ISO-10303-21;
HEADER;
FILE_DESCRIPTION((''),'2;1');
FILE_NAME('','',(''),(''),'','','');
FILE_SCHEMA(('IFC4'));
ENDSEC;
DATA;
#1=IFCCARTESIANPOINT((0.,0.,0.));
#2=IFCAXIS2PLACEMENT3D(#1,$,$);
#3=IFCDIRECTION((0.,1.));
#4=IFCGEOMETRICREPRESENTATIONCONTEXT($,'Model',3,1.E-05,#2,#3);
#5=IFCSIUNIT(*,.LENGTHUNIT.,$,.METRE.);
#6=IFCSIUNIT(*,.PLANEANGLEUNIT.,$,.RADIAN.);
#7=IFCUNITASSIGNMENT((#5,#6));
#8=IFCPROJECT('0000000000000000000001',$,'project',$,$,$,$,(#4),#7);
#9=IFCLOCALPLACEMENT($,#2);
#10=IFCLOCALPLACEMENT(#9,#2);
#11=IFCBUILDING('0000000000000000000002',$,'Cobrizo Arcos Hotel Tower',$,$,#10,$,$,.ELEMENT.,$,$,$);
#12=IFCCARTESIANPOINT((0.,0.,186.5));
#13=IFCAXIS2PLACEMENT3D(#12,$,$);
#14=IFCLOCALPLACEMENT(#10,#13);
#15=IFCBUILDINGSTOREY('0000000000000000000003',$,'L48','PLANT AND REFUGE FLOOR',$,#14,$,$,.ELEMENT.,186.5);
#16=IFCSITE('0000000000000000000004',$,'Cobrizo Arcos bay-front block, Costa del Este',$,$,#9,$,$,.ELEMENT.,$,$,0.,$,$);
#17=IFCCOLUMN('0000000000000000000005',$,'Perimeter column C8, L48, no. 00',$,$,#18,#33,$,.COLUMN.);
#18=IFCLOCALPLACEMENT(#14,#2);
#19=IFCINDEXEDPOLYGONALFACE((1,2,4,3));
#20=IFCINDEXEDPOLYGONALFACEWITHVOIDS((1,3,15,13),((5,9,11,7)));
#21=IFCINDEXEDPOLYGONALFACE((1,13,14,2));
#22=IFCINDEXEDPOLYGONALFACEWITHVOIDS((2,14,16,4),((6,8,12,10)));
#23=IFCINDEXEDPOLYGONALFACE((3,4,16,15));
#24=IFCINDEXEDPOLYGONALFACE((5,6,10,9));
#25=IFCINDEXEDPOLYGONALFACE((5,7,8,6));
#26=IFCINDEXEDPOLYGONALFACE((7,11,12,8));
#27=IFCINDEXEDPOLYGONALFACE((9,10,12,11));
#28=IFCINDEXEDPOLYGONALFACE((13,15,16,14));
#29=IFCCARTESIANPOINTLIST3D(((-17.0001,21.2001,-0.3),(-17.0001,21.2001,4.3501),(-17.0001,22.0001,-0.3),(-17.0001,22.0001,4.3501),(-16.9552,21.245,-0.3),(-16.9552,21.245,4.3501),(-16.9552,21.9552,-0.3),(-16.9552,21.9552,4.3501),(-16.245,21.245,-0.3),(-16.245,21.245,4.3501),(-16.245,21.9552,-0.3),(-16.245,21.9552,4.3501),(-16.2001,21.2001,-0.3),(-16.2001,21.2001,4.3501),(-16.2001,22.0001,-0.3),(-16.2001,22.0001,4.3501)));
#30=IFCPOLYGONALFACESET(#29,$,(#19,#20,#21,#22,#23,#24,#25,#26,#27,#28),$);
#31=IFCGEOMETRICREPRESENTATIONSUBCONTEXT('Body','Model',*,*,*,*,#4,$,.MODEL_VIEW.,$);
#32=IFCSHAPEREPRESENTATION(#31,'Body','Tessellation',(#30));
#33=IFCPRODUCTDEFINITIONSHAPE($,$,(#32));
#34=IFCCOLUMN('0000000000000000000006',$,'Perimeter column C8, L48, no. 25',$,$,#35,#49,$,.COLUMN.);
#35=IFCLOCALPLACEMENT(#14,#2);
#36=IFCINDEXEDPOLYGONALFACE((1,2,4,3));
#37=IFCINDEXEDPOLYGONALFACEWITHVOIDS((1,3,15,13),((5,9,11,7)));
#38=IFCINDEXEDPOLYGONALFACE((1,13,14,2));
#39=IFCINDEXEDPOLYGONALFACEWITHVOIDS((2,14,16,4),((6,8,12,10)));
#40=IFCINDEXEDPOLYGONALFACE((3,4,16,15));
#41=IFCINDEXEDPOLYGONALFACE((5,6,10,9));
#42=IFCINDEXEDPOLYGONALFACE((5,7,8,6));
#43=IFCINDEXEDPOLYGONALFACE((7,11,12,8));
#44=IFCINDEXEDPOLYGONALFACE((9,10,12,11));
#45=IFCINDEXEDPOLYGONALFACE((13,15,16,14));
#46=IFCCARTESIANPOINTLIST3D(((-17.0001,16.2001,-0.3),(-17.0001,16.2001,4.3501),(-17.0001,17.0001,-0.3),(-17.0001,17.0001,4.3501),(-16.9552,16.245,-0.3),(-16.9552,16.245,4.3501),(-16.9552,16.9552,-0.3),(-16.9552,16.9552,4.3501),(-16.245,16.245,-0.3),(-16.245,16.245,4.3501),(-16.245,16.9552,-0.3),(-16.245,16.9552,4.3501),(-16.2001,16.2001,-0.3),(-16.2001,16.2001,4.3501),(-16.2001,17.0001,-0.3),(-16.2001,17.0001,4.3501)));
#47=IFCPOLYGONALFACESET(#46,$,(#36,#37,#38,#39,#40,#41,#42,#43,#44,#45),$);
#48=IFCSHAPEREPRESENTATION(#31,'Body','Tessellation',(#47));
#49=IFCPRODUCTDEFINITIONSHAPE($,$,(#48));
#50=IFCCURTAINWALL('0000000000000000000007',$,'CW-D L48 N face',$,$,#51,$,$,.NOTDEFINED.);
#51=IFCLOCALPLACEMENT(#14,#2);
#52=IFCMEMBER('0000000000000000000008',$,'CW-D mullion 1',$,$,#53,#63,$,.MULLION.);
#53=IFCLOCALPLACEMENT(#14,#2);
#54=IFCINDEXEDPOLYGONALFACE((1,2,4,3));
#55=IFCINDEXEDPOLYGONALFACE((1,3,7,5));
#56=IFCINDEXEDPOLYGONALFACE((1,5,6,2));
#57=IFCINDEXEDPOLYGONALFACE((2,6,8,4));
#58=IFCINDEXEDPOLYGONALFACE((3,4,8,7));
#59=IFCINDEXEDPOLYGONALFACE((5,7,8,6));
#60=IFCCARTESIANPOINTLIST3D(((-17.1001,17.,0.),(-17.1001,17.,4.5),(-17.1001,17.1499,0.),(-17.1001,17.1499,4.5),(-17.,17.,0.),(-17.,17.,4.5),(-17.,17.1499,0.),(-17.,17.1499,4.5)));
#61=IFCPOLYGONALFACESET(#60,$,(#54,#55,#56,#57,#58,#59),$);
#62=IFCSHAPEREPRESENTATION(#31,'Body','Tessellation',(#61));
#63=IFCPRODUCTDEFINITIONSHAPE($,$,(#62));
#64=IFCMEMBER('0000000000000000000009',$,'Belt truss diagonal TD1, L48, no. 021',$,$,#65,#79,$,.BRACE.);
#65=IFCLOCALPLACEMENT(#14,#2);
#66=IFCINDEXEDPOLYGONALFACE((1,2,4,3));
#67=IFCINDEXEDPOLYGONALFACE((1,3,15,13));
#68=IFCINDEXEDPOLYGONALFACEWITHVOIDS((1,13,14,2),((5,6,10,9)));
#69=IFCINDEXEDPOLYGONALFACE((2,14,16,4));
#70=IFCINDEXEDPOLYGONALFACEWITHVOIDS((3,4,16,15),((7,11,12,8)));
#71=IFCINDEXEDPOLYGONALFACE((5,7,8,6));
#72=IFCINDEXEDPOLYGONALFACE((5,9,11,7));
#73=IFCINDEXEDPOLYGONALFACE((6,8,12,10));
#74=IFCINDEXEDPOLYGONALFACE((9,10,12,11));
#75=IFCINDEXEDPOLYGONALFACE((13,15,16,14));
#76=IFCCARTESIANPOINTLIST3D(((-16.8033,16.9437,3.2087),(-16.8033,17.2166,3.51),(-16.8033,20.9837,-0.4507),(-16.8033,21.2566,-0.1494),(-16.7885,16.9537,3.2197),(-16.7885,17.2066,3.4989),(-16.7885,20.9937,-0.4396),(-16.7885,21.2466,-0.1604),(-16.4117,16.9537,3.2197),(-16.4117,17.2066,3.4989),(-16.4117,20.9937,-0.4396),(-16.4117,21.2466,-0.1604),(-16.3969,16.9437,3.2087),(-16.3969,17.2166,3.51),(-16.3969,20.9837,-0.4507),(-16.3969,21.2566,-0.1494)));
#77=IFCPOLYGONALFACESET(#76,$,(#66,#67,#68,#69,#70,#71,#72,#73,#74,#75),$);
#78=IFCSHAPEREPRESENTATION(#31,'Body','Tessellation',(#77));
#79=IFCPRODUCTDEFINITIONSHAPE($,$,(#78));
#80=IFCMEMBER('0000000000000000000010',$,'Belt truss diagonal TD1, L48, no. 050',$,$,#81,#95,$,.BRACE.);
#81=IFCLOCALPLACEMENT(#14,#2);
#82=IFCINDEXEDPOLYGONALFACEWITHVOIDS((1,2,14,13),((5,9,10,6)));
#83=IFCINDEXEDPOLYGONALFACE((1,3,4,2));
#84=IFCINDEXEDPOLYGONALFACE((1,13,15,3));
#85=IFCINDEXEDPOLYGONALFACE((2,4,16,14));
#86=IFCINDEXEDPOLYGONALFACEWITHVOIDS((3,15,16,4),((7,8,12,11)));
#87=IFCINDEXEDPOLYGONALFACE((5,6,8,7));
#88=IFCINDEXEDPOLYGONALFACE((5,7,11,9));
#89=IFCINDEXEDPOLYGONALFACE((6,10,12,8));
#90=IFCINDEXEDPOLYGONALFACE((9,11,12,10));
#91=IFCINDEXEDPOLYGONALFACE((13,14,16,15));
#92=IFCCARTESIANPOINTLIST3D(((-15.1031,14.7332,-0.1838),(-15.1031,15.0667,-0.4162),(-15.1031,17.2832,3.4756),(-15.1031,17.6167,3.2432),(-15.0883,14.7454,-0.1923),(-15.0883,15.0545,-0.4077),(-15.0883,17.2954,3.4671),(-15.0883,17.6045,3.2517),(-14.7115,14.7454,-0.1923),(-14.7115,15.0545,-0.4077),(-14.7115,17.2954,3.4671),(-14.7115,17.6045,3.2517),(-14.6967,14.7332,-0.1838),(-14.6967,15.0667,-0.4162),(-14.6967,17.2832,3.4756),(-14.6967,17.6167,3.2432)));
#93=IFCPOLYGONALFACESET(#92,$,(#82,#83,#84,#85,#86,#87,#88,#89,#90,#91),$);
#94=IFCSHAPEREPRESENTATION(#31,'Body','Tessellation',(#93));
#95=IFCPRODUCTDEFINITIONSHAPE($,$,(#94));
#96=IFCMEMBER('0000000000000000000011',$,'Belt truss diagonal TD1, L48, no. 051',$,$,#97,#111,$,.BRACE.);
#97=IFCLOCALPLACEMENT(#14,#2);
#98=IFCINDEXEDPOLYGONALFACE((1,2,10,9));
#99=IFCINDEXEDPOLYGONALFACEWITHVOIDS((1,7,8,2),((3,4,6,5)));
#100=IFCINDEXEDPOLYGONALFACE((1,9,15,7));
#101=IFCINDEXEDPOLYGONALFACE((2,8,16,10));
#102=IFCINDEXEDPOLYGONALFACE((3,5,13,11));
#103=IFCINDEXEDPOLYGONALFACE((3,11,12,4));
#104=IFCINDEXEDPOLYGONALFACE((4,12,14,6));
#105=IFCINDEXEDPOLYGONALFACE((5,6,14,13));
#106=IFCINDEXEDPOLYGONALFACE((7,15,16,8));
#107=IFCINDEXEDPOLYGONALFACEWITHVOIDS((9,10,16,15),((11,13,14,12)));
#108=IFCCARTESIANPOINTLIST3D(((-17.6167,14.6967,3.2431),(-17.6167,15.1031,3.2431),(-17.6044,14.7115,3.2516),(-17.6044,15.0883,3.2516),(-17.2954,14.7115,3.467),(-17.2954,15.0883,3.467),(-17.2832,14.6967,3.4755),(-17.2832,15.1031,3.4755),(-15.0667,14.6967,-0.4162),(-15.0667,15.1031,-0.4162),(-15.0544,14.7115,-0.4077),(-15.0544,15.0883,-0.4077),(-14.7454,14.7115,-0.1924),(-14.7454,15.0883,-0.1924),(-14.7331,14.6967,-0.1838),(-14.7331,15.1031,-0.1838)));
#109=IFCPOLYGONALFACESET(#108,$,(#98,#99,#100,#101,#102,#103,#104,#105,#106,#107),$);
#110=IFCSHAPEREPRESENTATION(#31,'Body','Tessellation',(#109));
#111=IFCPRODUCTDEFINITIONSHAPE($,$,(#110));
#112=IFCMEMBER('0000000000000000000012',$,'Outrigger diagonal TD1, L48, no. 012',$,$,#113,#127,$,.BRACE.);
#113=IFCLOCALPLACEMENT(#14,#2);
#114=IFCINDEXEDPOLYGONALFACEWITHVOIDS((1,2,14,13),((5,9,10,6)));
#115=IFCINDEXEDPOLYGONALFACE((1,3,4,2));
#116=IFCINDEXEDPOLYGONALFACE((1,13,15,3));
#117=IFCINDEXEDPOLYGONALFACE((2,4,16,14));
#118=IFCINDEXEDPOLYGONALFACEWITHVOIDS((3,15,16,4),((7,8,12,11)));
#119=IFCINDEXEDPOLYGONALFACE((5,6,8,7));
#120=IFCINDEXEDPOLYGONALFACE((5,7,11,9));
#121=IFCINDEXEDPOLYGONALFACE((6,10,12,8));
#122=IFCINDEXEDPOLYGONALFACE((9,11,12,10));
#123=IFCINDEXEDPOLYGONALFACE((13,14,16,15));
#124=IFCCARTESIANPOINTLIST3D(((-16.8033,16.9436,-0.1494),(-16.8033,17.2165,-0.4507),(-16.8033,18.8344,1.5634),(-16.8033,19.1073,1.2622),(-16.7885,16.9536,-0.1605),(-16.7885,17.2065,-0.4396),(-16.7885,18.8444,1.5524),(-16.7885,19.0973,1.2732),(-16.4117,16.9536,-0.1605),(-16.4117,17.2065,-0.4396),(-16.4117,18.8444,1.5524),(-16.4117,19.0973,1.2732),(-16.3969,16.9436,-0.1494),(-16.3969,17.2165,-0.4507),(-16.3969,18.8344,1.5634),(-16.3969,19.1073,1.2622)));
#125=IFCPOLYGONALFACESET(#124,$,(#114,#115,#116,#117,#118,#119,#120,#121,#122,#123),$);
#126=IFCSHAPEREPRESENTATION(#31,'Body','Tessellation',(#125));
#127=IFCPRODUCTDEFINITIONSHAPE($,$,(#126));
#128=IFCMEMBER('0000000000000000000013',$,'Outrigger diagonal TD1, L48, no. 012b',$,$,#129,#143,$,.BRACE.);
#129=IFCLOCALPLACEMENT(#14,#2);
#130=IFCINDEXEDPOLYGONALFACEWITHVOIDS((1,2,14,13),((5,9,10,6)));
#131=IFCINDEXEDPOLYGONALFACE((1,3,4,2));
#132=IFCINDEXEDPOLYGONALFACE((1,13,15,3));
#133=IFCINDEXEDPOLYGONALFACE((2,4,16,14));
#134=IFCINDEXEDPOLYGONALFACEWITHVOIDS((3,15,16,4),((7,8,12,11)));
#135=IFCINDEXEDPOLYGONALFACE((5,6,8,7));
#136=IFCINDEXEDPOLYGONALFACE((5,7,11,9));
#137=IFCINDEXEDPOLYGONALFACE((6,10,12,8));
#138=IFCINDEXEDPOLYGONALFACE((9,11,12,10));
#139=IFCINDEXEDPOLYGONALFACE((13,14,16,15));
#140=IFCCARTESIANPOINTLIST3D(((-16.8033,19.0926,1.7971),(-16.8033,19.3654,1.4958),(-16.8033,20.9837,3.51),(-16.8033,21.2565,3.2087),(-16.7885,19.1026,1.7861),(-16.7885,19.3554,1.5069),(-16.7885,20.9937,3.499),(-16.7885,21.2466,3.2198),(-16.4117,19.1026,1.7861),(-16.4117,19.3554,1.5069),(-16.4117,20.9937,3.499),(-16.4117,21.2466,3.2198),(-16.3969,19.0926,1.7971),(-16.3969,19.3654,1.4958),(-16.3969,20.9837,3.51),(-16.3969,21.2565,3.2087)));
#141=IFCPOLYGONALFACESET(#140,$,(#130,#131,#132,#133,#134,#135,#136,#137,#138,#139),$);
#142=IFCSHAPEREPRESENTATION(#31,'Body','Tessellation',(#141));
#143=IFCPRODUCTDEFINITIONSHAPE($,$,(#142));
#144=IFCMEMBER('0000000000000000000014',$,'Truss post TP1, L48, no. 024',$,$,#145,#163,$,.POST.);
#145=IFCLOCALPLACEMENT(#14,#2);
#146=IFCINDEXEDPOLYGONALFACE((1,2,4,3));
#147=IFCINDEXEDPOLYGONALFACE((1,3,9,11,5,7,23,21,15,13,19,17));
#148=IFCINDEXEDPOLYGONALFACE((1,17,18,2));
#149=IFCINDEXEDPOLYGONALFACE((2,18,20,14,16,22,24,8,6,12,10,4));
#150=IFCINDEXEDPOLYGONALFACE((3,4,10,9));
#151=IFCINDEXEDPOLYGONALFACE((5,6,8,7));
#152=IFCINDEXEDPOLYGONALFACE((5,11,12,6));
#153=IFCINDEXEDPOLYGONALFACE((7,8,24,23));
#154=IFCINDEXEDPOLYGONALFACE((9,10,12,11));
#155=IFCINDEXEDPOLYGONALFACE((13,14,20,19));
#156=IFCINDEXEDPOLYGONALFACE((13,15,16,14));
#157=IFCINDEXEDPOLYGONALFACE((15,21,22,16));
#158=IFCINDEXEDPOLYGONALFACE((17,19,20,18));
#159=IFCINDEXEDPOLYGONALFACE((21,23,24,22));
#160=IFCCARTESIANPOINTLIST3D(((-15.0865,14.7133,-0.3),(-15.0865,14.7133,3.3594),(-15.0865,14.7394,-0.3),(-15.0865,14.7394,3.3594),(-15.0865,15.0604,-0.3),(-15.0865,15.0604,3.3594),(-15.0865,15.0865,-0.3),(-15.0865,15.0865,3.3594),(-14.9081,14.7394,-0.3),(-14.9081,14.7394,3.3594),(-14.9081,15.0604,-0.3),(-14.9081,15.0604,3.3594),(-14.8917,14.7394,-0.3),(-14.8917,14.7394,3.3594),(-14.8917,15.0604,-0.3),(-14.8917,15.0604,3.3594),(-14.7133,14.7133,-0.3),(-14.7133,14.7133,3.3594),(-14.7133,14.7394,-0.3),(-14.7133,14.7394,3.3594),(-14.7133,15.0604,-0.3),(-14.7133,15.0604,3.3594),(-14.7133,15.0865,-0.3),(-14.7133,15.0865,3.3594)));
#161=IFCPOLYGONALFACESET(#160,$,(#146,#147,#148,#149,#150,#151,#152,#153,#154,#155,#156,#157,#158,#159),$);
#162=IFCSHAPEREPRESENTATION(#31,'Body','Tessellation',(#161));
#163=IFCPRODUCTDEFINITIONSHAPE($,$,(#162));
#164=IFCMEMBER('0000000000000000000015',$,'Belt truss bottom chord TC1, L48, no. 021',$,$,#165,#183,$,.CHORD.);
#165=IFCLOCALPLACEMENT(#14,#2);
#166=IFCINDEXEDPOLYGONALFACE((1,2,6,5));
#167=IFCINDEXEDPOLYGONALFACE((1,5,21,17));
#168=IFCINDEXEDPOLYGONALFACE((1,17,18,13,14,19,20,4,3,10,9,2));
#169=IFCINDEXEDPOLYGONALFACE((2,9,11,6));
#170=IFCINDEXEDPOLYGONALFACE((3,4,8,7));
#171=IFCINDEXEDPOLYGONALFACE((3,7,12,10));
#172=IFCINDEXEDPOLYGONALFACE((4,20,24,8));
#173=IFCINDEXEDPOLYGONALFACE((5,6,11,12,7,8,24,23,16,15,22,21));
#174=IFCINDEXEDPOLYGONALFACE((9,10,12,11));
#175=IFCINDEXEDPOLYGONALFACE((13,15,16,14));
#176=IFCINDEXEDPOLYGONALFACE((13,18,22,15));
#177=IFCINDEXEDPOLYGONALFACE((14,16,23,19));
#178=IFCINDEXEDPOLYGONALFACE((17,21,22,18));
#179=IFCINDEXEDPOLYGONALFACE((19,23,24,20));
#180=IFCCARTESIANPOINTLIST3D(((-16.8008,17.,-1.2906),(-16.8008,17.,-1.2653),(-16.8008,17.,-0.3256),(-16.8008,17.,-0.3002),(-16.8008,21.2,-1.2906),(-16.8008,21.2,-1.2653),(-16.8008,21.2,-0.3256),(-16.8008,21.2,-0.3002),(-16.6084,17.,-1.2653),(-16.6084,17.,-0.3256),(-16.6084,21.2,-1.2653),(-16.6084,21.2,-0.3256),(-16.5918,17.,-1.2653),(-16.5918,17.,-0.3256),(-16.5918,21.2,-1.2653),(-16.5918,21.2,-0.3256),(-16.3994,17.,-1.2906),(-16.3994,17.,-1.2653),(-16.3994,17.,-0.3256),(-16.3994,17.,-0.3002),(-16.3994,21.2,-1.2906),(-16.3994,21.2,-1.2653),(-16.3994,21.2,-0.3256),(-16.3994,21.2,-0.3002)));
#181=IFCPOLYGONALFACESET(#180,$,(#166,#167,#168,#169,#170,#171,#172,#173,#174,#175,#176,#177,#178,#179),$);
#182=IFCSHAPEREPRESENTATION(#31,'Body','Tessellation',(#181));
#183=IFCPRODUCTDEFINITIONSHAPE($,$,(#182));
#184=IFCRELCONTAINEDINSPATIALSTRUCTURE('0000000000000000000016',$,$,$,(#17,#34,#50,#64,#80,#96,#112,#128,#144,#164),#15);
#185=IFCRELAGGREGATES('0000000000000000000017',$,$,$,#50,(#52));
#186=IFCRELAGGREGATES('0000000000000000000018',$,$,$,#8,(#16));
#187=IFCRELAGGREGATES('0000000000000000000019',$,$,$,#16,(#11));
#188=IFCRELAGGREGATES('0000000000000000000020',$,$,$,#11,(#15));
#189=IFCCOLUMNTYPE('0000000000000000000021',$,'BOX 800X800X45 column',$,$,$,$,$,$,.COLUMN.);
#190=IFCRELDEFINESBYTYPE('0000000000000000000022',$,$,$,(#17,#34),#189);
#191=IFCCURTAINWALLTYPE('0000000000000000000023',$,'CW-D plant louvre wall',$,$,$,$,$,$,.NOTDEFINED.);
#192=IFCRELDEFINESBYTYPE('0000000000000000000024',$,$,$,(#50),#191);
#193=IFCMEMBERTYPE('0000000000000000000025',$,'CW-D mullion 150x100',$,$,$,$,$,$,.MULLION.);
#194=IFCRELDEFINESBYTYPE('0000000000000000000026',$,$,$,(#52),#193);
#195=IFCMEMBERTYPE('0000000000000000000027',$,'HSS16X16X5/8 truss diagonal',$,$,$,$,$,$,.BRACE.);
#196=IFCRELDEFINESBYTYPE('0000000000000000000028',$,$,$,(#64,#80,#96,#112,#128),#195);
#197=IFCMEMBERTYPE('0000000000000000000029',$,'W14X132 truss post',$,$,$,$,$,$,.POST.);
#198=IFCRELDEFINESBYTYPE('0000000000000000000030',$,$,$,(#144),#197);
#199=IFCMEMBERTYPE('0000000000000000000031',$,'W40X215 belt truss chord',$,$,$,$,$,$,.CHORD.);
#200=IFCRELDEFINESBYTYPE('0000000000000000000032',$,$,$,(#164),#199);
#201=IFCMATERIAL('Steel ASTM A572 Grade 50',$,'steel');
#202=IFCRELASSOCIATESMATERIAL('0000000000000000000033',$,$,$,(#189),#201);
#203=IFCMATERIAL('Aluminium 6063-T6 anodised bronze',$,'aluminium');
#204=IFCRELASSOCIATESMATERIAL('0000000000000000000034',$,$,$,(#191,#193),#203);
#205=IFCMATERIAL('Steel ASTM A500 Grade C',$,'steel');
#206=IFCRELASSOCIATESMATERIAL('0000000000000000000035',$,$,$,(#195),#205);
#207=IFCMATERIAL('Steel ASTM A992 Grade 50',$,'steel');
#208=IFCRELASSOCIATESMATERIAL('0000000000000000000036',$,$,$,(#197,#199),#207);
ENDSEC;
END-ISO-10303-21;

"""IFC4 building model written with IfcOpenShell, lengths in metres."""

from ifc_helpers import new_model, si_unit, direction, frame, origin, origin_2d, place, context, subcontext, project, spatial, rectangle, hollow_rectangle, i_section, extrude, material, material_profile, profile_set, type_object, element, aggregate, save


model = new_model("IFC4")

# Units and contexts
model_context = context("Model", 3, precision=1e-05, world=origin(), true_north=direction((0.0, 1.0)))
body_context = subcontext(model_context, "Body", "Model", "MODEL_VIEW")
ifc_project = project(units=[si_unit("LENGTHUNIT", "METRE"), si_unit("PLANEANGLEUNIT", "RADIAN")], contexts=[model_context])

# Site, building, storey
site_placement = place(None, origin())
site = spatial("IfcSite", under=ifc_project, at=site_placement, Name="Cobrizo Arcos bay-front block, Costa del Este", CompositionType="ELEMENT", RefElevation=0.0)
building_placement = place(site_placement, origin())
building = spatial("IfcBuilding", under=site, at=building_placement, Name="Cobrizo Arcos Hotel Tower", CompositionType="ELEMENT")
storey_placement = place(building_placement, frame((0.0, 0.0, 186.5)))
storey = spatial("IfcBuildingStorey", under=building, at=storey_placement, Name="L48", Description="PLANT AND REFUGE FLOOR", CompositionType="ELEMENT", Elevation=186.5)

# Columns
ifc_material_1 = material(Name="Steel ASTM A572 Grade 50", Category="steel")
ifc_material_profile_1 = material_profile(ifc_material_1, hollow_rectangle(XDim=0.8, YDim=0.8, WallThickness=0.0449, at=origin_2d()), Name="BOX 800X800X45")
ifc_profile_set_1 = profile_set([ifc_material_profile_1], Name="Steel ASTM A572 Grade 50")
column_type = type_object("IfcColumnType", Name="BOX 800X800X45 column", PredefinedType="COLUMN", material=ifc_profile_set_1)
for number, where, z_axis, x_axis, name in (
    (1, (-16.6001, 21.6001, -0.3), (0.0, 0.0, 1.0), (1.0, 0.0, 0.0), "Perimeter column C8, L48, no. 00"),
    (2, (-16.6001, 16.6001, -0.3), (0.0, 0.0, 1.0), (1.0, 0.0, 0.0), "Perimeter column C8, L48, no. 25"),
):
    element("IfcColumn", number, at=place(storey_placement, frame(where, z_axis=z_axis, x_axis=x_axis)), inside=storey, type_object=column_type, Name=name, PredefinedType="COLUMN", context=body_context, shape_type="SweptSolid", body=[
        extrude(hollow_rectangle(XDim=0.8, YDim=0.8, WallThickness=0.0449, at=origin_2d()), origin(), (0.0, 0.0, 1.0), 4.6501),
    ])

# Curtain wall, member
ifc_material_2 = material(Name="Aluminium 6063-T6 anodised bronze", Category="aluminium")
curtain_wall_type = type_object("IfcCurtainWallType", Name="CW-D plant louvre wall", PredefinedType="NOTDEFINED", material=ifc_material_2)
curtain_wall_placement = place(storey_placement, origin())
curtain_wall = element("IfcCurtainWall", 3, at=curtain_wall_placement, inside=storey, type_object=curtain_wall_type, Name="CW-D L48 N face", PredefinedType="NOTDEFINED")
ifc_material_profile_2 = material_profile(ifc_material_2, rectangle(XDim=0.1499, YDim=0.1001, at=origin_2d()), Name="CW-D mullion 150x100")
ifc_profile_set_2 = profile_set([ifc_material_profile_2], Name="Aluminium 6063-T6 anodised bronze")
member_type_1 = type_object("IfcMemberType", Name="CW-D mullion 150x100", PredefinedType="MULLION", material=ifc_profile_set_2)
member_1_placement = place(storey_placement, frame((-17.05, 17.075, 0.0), z_axis=(0.0, 0.0, 1.0), x_axis=(0.0, 1.0, 0.0)))
member_1 = element("IfcMember", 4, at=member_1_placement, type_object=member_type_1, Name="CW-D mullion 1", PredefinedType="MULLION", context=body_context, shape_type="SweptSolid", body=[
    extrude(rectangle(XDim=0.1499, YDim=0.1001, at=origin_2d()), origin(), (0.0, 0.0, 1.0), 4.5),
])
aggregate(curtain_wall, [member_1])

# Members
ifc_material_3 = material(Name="Steel ASTM A500 Grade C", Category="steel")
ifc_material_profile_3 = material_profile(ifc_material_3, hollow_rectangle(XDim=0.4065, YDim=0.4065, WallThickness=0.0149, at=origin_2d()), Name="HSS16X16X5/8")
ifc_profile_set_3 = profile_set([ifc_material_profile_3], Name="Steel ASTM A500 Grade C")
member_type_2 = type_object("IfcMemberType", Name="HSS16X16X5/8 truss diagonal", PredefinedType="BRACE", material=ifc_profile_set_3)
member_2_placement = place(storey_placement, frame((-16.6001, 21.1201, -0.3), z_axis=(0.0, -0.741157, 0.671332), x_axis=(1.0, 0.0, 0.0)))
element("IfcMember", 5, at=member_2_placement, inside=storey, type_object=member_type_2, Name="Belt truss diagonal TD1, L48, no. 021", PredefinedType="BRACE", context=body_context, shape_type="SweptSolid", body=[
    extrude(hollow_rectangle(XDim=0.4065, YDim=0.4065, WallThickness=0.0149, at=origin_2d()), origin(), (0.0, 0.0, 1.0), 5.4509),
])
for number, where, z_axis, x_axis, name in (
    (6, (-14.8999, 17.45, 3.3594), (0.0, -0.571723, -0.820446), (1.0, 0.0, 0.0), "Belt truss diagonal TD1, L48, no. 050"),
    (7, (-14.8999, 14.8999, -0.3), (-0.571723, 0.0, 0.820446), (0.0, -1.0, 0.0), "Belt truss diagonal TD1, L48, no. 051"),
):
    element("IfcMember", number, at=place(storey_placement, frame(where, z_axis=z_axis, x_axis=x_axis)), inside=storey, type_object=member_type_2, Name=name, PredefinedType="BRACE", context=body_context, shape_type="SweptSolid", body=[
        extrude(hollow_rectangle(XDim=0.4065, YDim=0.4065, WallThickness=0.0149, at=origin_2d()), origin(), (0.0, 0.0, 1.0), 4.4602),
    ])
member_3_placement = place(storey_placement, frame((-16.6001, 17.0801, -0.3), z_axis=(0.0, 0.741125, 0.671367), x_axis=(-1.0, 0.0, 0.0)))
element("IfcMember", 8, at=member_3_placement, inside=storey, type_object=member_type_2, Name="Outrigger diagonal TD1, L48, no. 012", PredefinedType="BRACE", context=body_context, shape_type="SweptSolid", body=[
    extrude(hollow_rectangle(XDim=0.4065, YDim=0.4065, WallThickness=0.0149, at=origin_2d()), origin(), (0.0, 0.0, 1.0), 2.5513),
])
member_4_placement = place(storey_placement, frame((-16.6001, 19.229, 1.6465), z_axis=(0.0, 0.741168, 0.671319), x_axis=(-1.0, 0.0, 0.0)))
element("IfcMember", 9, at=member_4_placement, inside=storey, type_object=member_type_2, Name="Outrigger diagonal TD1, L48, no. 012b", PredefinedType="BRACE", context=body_context, shape_type="SweptSolid", body=[
    extrude(hollow_rectangle(XDim=0.4065, YDim=0.4065, WallThickness=0.0149, at=origin_2d()), origin(), (0.0, 0.0, 1.0), 2.5515),
])
ifc_material_4 = material(Name="Steel ASTM A992 Grade 50", Category="steel")
ifc_material_profile_4 = material_profile(ifc_material_4, i_section(OverallWidth=0.3733, OverallDepth=0.3733, WebThickness=0.0164, FlangeThickness=0.0261, at=origin_2d()), Name="W14X132")
ifc_profile_set_4 = profile_set([ifc_material_profile_4], Name="Steel ASTM A992 Grade 50")
member_type_3 = type_object("IfcMemberType", Name="W14X132 truss post", PredefinedType="POST", material=ifc_profile_set_4)
member_5_placement = place(storey_placement, frame((-14.8999, 14.8999, -0.3), z_axis=(0.0, 0.0, 1.0), x_axis=(1.0, 0.0, 0.0)))
element("IfcMember", 10, at=member_5_placement, inside=storey, type_object=member_type_3, Name="Truss post TP1, L48, no. 024", PredefinedType="POST", context=body_context, shape_type="SweptSolid", body=[
    extrude(i_section(OverallWidth=0.3733, OverallDepth=0.3733, WebThickness=0.0164, FlangeThickness=0.0261, at=origin_2d()), origin(), (0.0, 0.0, 1.0), 3.6594),
])
ifc_material_profile_5 = material_profile(ifc_material_4, i_section(OverallWidth=0.4014, OverallDepth=0.9905, WebThickness=0.0166, FlangeThickness=0.0254, at=origin_2d()), Name="W40X215")
ifc_profile_set_5 = profile_set([ifc_material_profile_5], Name="Steel ASTM A992 Grade 50")
member_type_4 = type_object("IfcMemberType", Name="W40X215 belt truss chord", PredefinedType="CHORD", material=ifc_profile_set_5)
for number, where, z_axis, x_axis, name in (
    (11, (-16.6001, 21.2, -0.7954), (0.0, -1.0, 0.0), (1.0, 0.0, 0.0), "Belt truss bottom chord TC1, L48, no. 021"),
):
    element("IfcMember", number, at=place(storey_placement, frame(where, z_axis=z_axis, x_axis=x_axis)), inside=storey, type_object=member_type_4, Name=name, PredefinedType="CHORD", context=body_context, shape_type="SweptSolid", body=[
        extrude(i_section(OverallWidth=0.4014, OverallDepth=0.9905, WebThickness=0.0166, FlangeThickness=0.0254, at=origin_2d()), origin(), (0.0, 0.0, 1.0), 4.2),
    ])

save(model, "model.ifc")
